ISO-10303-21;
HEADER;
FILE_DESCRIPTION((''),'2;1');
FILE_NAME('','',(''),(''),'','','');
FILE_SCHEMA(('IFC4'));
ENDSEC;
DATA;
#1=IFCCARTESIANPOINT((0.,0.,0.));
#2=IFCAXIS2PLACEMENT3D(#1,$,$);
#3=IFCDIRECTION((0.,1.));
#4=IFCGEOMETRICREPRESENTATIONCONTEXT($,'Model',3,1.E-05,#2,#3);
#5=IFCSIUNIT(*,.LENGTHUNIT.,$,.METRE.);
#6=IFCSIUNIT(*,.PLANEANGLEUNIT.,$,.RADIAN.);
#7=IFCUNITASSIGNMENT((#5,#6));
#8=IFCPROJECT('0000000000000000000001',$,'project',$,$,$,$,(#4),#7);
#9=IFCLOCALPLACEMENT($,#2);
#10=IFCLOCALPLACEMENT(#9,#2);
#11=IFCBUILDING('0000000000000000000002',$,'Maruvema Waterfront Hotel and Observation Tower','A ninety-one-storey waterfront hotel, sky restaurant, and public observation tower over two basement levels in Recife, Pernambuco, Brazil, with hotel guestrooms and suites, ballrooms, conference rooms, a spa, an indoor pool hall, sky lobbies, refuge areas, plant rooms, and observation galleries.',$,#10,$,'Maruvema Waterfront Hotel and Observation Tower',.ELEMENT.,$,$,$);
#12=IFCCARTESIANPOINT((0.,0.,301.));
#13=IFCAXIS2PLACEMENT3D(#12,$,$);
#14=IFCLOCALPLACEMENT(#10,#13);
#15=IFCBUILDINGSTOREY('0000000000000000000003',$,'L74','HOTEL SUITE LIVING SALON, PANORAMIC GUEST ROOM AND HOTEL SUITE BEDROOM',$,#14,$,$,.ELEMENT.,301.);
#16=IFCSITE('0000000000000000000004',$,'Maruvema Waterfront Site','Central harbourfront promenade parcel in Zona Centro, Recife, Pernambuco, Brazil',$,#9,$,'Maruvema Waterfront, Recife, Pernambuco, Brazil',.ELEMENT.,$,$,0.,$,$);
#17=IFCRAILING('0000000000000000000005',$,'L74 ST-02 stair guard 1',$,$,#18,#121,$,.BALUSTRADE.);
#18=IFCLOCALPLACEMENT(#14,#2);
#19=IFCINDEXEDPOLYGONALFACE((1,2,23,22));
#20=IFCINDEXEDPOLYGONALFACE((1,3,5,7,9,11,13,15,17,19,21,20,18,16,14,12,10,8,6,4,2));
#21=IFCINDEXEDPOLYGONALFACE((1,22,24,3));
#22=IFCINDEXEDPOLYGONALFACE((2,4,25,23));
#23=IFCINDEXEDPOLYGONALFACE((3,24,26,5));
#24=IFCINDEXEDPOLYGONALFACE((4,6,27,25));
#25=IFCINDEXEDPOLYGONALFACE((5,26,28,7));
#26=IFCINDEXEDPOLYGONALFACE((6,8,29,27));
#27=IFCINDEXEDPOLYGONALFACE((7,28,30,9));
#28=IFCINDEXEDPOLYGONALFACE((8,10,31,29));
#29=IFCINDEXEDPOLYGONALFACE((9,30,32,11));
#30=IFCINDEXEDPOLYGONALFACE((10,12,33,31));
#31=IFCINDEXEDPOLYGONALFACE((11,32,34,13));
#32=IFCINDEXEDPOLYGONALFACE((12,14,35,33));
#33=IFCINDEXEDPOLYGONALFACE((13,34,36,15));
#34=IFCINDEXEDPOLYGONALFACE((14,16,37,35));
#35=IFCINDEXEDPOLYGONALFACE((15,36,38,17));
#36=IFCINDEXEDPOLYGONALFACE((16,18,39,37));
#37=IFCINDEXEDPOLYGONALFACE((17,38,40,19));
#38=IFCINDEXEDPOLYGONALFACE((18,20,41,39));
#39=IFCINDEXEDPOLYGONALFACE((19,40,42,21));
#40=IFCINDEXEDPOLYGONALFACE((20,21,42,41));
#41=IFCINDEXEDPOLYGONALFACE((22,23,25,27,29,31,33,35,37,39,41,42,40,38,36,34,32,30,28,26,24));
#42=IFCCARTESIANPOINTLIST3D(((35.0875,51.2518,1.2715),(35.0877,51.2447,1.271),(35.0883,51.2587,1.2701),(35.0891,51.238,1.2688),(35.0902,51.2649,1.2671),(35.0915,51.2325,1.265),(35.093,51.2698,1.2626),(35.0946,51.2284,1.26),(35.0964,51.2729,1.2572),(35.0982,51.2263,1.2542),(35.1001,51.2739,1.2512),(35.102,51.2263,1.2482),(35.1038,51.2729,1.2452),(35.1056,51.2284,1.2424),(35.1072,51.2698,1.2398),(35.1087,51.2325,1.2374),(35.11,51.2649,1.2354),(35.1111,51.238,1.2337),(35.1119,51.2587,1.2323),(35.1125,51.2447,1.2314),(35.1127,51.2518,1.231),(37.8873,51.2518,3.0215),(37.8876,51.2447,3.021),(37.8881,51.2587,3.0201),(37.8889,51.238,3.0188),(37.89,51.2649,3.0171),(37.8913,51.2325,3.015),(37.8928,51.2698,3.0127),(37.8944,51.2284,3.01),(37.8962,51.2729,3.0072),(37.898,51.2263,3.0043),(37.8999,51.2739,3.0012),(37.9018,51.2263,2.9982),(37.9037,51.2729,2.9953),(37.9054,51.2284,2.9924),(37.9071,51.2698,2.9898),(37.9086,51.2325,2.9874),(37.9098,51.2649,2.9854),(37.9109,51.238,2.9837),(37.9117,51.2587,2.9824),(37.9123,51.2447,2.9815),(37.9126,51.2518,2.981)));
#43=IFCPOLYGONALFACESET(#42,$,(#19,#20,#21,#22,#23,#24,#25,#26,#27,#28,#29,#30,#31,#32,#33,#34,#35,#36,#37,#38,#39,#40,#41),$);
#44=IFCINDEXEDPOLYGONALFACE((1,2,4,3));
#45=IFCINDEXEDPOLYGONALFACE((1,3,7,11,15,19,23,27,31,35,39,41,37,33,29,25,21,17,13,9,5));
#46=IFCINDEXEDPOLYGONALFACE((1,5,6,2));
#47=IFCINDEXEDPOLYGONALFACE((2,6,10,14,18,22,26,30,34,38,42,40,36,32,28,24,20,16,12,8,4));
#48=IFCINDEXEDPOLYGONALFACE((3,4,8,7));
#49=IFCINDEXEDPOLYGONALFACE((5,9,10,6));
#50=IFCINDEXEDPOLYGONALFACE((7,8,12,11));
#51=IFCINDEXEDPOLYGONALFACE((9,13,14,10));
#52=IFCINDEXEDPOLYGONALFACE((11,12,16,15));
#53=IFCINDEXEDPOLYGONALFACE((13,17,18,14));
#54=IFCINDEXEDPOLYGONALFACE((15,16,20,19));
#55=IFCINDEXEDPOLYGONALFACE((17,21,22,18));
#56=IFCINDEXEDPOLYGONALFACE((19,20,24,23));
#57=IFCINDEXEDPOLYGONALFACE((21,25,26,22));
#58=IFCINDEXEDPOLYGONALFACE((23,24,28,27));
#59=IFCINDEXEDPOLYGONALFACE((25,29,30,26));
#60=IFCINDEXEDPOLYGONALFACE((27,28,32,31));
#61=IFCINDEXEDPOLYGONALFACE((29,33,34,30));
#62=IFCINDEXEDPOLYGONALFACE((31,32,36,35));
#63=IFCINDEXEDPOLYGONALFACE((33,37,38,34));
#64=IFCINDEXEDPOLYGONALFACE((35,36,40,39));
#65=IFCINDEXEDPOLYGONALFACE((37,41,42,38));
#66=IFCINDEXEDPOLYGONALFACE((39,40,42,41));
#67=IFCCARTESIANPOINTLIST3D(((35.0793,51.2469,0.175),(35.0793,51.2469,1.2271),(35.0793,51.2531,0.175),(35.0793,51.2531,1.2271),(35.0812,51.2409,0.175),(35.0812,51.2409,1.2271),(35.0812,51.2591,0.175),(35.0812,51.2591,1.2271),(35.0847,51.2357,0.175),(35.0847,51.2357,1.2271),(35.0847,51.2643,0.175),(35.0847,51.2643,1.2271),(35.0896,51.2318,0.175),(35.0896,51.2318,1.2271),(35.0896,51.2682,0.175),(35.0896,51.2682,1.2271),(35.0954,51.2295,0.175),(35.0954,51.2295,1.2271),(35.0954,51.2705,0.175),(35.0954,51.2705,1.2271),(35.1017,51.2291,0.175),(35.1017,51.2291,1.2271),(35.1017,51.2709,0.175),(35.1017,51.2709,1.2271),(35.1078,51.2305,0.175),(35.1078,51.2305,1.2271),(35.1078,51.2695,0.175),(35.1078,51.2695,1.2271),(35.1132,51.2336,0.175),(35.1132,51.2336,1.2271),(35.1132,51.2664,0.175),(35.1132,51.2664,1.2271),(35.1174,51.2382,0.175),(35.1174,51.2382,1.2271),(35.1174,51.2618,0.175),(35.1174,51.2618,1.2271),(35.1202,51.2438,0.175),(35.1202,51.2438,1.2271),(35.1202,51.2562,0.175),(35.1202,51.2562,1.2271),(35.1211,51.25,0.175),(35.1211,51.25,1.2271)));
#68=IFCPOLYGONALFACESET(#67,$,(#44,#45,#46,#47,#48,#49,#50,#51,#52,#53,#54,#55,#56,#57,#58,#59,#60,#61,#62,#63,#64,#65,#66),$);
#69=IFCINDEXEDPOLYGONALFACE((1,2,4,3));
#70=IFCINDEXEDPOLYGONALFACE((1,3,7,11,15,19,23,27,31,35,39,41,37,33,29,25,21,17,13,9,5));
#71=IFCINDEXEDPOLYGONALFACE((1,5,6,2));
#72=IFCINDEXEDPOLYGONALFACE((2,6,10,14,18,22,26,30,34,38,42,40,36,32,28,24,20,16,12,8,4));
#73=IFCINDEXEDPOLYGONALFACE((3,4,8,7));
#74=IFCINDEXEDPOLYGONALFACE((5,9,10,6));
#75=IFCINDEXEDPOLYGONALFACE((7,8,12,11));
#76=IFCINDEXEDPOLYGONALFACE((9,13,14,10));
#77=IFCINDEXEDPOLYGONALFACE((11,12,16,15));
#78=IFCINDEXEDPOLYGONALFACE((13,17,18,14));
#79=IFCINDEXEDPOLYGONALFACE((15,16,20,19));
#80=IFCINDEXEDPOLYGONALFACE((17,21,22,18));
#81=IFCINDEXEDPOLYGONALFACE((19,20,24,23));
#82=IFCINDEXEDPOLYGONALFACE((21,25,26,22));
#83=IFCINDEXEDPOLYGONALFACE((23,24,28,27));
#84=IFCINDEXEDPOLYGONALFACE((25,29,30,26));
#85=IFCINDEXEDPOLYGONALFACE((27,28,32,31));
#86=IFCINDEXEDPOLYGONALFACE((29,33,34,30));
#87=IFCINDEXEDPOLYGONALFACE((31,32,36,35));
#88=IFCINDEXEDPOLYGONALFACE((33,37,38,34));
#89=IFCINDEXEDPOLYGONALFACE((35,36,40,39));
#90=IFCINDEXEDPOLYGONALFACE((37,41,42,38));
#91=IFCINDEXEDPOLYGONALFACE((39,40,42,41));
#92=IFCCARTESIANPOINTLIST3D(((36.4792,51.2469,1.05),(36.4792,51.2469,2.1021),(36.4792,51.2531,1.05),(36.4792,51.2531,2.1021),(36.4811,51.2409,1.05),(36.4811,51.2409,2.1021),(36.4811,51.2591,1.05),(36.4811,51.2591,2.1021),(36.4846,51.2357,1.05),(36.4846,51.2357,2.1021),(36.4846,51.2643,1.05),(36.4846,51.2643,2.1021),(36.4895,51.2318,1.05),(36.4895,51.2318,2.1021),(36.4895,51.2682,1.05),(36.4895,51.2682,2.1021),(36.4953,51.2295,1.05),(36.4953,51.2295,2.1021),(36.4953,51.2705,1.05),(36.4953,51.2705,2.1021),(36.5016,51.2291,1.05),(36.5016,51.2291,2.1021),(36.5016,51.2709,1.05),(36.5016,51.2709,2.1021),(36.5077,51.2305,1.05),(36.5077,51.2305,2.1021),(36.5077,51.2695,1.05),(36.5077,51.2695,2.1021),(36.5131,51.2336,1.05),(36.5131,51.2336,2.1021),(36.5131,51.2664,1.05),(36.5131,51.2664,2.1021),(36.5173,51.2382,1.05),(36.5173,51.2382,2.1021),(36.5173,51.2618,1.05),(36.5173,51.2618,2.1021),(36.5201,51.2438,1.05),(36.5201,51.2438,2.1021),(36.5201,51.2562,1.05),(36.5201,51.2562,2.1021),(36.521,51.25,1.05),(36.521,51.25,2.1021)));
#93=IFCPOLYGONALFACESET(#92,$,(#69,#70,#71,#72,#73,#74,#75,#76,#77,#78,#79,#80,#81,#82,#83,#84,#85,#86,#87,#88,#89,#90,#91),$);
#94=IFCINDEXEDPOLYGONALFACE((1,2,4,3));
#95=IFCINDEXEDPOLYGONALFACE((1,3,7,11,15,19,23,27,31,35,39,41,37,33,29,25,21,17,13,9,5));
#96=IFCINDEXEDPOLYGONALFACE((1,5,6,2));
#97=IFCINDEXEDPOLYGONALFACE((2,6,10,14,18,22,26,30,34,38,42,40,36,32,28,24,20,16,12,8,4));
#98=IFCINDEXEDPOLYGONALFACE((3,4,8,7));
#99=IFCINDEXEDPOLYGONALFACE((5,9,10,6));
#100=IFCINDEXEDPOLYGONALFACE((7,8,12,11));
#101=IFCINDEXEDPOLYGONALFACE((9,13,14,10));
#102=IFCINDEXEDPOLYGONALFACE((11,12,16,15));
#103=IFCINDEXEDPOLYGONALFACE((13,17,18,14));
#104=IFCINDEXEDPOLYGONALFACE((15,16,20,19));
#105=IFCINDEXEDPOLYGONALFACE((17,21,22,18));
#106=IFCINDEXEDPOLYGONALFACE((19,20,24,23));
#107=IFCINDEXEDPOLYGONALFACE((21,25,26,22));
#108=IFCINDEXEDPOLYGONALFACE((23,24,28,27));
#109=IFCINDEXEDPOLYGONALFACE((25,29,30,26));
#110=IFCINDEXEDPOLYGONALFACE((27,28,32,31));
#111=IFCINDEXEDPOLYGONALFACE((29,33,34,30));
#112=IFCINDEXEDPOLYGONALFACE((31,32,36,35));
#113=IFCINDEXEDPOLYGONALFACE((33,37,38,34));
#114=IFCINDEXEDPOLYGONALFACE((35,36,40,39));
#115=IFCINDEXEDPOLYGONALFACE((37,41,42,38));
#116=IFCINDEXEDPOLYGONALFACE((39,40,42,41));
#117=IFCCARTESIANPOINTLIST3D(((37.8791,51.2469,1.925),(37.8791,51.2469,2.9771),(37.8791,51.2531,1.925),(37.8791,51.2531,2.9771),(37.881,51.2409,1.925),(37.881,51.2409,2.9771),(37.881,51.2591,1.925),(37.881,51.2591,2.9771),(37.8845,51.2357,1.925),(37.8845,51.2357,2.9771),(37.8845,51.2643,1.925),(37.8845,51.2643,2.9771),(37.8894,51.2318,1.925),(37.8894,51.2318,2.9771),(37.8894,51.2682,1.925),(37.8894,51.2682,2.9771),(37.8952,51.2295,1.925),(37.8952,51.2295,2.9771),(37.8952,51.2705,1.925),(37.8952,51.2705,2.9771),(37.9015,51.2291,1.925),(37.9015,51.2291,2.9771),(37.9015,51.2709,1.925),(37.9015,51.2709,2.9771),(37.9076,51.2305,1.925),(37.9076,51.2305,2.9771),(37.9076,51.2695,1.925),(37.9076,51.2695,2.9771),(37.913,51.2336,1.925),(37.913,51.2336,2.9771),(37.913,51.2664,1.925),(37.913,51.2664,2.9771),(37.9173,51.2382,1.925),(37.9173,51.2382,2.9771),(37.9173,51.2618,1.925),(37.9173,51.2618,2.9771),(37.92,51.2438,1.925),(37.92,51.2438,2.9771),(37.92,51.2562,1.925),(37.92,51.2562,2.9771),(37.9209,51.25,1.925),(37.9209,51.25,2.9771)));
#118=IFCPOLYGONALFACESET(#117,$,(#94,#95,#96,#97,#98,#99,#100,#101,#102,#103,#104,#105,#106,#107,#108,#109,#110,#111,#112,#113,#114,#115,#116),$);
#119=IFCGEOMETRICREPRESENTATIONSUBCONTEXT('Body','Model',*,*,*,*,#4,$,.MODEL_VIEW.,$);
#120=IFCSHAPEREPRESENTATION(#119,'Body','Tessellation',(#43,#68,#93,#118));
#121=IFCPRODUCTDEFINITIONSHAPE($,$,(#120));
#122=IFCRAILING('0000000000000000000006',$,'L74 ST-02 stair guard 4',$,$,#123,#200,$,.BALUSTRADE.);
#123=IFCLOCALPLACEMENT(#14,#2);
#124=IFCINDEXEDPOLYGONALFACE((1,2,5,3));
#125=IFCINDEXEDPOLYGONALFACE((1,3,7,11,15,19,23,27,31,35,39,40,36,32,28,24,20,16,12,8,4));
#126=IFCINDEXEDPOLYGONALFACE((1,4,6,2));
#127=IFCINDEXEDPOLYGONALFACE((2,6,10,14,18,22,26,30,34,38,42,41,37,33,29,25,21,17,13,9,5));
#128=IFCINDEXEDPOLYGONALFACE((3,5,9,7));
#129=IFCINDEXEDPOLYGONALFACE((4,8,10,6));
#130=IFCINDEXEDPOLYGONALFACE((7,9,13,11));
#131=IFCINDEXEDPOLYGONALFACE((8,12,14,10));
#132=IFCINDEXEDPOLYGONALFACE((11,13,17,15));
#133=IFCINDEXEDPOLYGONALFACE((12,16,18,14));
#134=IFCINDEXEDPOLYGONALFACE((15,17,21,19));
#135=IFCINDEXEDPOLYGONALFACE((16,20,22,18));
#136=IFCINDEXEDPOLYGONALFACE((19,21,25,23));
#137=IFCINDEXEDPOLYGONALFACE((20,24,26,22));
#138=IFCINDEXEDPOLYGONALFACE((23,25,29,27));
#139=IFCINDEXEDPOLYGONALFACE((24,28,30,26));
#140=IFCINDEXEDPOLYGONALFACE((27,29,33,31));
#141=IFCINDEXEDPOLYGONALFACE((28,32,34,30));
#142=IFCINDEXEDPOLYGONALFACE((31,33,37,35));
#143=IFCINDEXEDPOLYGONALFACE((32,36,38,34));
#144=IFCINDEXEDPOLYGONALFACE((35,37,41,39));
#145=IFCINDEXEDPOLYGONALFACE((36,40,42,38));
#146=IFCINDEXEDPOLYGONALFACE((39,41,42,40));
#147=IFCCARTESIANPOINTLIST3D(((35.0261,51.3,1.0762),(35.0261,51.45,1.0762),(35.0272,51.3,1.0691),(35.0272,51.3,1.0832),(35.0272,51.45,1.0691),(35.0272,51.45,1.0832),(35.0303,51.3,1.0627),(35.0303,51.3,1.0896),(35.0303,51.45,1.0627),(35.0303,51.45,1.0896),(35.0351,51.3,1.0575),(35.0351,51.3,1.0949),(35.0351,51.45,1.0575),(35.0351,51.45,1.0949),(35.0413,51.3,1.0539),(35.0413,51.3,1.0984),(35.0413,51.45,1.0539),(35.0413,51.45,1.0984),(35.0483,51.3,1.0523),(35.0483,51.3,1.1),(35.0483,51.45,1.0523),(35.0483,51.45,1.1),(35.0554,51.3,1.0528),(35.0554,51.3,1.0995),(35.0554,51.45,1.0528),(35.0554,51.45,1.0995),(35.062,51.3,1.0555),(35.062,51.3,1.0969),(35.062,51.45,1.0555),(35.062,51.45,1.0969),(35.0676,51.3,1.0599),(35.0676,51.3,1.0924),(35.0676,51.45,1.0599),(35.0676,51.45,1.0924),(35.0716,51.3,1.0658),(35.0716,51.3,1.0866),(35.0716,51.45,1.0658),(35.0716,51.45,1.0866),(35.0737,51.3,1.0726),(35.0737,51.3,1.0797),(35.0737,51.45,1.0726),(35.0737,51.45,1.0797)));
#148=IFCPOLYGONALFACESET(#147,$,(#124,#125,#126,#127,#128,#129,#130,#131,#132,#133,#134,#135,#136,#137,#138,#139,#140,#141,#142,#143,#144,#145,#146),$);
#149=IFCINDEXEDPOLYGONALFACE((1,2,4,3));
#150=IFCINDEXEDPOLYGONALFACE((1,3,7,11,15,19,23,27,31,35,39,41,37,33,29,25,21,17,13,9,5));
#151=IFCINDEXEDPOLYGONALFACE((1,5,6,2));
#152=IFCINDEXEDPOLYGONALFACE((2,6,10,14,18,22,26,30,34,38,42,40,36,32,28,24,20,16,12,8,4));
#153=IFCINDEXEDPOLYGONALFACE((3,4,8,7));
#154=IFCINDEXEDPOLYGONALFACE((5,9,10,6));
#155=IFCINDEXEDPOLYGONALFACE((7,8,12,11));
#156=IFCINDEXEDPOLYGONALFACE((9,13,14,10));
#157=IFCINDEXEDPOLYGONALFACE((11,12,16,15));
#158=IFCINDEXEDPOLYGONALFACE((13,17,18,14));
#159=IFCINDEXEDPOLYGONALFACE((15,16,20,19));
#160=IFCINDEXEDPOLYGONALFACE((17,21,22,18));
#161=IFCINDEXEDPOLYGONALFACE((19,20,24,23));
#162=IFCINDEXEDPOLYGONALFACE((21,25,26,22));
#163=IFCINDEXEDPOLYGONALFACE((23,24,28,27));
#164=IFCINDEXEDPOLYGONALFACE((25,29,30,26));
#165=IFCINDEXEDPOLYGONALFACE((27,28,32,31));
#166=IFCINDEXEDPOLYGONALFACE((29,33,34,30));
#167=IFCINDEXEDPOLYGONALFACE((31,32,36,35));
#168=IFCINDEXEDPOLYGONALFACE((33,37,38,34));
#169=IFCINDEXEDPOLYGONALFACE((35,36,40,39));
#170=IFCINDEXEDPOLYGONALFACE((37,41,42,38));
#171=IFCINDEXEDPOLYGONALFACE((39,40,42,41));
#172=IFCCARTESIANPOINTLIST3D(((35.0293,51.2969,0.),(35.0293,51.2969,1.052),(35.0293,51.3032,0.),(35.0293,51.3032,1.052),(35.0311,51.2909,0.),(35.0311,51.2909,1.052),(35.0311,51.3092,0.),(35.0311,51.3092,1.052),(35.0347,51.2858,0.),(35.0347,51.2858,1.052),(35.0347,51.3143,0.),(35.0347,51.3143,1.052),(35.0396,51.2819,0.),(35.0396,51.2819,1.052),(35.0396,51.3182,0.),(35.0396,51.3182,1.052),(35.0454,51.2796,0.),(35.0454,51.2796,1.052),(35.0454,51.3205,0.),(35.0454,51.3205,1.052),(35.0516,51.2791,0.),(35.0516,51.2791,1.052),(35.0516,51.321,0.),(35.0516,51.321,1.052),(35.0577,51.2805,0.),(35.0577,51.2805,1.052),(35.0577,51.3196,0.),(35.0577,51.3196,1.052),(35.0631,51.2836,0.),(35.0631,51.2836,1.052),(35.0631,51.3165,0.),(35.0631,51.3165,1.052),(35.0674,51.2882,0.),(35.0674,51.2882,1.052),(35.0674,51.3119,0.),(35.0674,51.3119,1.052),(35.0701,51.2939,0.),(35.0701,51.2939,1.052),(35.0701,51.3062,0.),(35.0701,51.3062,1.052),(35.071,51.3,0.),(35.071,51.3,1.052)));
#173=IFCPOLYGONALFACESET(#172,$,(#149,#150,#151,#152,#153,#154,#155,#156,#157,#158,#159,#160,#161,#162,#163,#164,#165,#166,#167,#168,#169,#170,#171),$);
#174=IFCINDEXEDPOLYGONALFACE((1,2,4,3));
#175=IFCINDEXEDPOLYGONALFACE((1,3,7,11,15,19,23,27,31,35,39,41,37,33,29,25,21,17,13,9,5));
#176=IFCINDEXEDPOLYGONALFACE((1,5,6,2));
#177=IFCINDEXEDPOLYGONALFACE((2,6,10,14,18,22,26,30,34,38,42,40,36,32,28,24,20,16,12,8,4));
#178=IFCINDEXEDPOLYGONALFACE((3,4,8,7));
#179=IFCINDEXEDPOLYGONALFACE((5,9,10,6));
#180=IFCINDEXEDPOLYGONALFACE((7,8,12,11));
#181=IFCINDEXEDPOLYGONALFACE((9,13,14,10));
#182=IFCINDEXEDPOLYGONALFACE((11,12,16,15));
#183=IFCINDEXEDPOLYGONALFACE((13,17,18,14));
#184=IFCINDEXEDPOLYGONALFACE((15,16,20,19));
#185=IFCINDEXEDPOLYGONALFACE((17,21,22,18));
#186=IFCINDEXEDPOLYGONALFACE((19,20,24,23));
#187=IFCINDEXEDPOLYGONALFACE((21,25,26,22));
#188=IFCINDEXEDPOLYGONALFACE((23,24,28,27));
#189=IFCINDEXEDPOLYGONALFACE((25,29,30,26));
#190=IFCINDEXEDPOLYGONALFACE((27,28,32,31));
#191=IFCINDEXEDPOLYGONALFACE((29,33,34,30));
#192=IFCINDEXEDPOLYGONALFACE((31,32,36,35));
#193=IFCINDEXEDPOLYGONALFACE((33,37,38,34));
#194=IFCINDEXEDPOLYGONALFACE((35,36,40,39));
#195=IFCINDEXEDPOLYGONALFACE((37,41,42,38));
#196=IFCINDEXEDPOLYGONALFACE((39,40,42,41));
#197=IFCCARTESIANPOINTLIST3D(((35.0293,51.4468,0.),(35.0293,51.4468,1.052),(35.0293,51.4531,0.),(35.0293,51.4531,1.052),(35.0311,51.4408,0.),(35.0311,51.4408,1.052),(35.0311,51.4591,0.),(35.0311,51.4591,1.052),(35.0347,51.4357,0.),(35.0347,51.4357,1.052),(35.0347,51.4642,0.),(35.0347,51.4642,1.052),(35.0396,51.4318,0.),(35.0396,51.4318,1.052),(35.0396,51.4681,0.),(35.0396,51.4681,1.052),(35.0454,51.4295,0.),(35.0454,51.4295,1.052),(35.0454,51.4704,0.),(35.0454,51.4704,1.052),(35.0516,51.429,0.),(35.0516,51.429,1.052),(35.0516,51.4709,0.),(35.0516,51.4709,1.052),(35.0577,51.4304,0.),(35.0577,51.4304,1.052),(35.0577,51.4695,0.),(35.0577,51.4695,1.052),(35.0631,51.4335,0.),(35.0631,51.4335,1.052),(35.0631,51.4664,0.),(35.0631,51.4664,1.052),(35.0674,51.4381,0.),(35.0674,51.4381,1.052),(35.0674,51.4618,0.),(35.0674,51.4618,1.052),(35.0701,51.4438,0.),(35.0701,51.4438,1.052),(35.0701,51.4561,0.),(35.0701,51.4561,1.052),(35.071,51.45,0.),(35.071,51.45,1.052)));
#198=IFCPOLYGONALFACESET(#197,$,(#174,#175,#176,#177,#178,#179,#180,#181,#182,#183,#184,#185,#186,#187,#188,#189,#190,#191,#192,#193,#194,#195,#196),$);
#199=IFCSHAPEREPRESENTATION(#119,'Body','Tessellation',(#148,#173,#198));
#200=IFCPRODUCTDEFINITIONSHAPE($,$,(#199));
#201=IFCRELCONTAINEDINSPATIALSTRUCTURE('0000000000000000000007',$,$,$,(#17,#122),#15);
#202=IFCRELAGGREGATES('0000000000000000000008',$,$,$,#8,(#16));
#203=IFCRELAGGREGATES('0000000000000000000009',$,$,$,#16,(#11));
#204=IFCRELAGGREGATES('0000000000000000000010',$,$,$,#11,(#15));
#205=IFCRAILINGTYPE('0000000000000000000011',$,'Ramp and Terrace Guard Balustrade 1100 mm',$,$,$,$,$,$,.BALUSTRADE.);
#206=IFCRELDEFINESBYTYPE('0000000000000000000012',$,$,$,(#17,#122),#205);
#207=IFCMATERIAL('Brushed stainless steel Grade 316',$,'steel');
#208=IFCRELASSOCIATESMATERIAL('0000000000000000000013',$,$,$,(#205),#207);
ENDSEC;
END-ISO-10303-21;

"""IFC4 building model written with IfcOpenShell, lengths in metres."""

from ifc_helpers import new_model, si_unit, direction, frame, origin, origin_2d, place, context, subcontext, project, spatial, circle, extrude, material, type_object, element, save


model = new_model("IFC4")

# Units and contexts
model_context = context("Model", 3, precision=1e-05, world=origin(), true_north=direction((0.0, 1.0)))
body_context = subcontext(model_context, "Body", "Model", "MODEL_VIEW")
ifc_project = project(units=[si_unit("LENGTHUNIT", "METRE"), si_unit("PLANEANGLEUNIT", "RADIAN")], contexts=[model_context])

# Site, building, storey
site_placement = place(None, origin())
site = spatial("IfcSite", under=ifc_project, at=site_placement, Name="Maruvema Waterfront Site", Description="Central harbourfront promenade parcel in Zona Centro, Recife, Pernambuco, Brazil", LongName="Maruvema Waterfront, Recife, Pernambuco, Brazil", CompositionType="ELEMENT", RefElevation=0.0)
building_placement = place(site_placement, origin())
building = spatial("IfcBuilding", under=site, at=building_placement, Name="Maruvema Waterfront Hotel and Observation Tower", Description="A ninety-one-storey waterfront hotel, sky restaurant, and public observation tower over two basement levels in Recife, Pernambuco, Brazil, with hotel guestrooms and suites, ballrooms, conference rooms, a spa, an indoor pool hall, sky lobbies, refuge areas, plant rooms, and observation galleries.", LongName="Maruvema Waterfront Hotel and Observation Tower", CompositionType="ELEMENT")
storey_placement = place(building_placement, frame((0.0, 0.0, 301.0)))
storey = spatial("IfcBuildingStorey", under=building, at=storey_placement, Name="L74", Description="HOTEL SUITE LIVING SALON, PANORAMIC GUEST ROOM AND HOTEL SUITE BEDROOM", CompositionType="ELEMENT", Elevation=301.0)

# Railings
ifc_material_1 = material(Name="Brushed stainless steel Grade 316", Category="steel")
railing_type_1 = type_object("IfcRailingType", Name="Ramp and Terrace Guard Balustrade 1100 mm", PredefinedType="BALUSTRADE", material=ifc_material_1)
railing_1_placement = place(storey_placement, frame((35.1001, 51.25, 0.175)))
element("IfcRailing", 1, at=railing_1_placement, inside=storey, type_object=railing_type_1, Name="L74 ST-02 stair guard 1", PredefinedType="BALUSTRADE", context=body_context, shape_type="SweptSolid", body=[
    extrude(circle(Radius=0.0239, at=origin_2d()), frame((0.0, 0.0, 1.0762), z_axis=(0.847982, 0.0, 0.530026), x_axis=(0.0, 1.0, 0.0)), (0.0, 0.0, 1.0), 3.3018),
    extrude(circle(Radius=0.021, at=origin_2d()), origin(), (0.0, 0.0, 1.0), 1.052),
    extrude(circle(Radius=0.021, at=origin_2d()), frame((1.3999, 0.0, 0.875)), (0.0, 0.0, 1.0), 1.052),
    extrude(circle(Radius=0.021, at=origin_2d()), frame((2.7998, 0.0, 1.75)), (0.0, 0.0, 1.0), 1.052),
])
railing_2_placement = place(storey_placement, frame((35.05, 51.3, 0.0)))
element("IfcRailing", 2, at=railing_2_placement, inside=storey, type_object=railing_type_1, Name="L74 ST-02 stair guard 4", PredefinedType="BALUSTRADE", context=body_context, shape_type="SweptSolid", body=[
    extrude(circle(Radius=0.0239, at=origin_2d()), frame((0.0, 0.0, 1.0762), z_axis=(0.0, 1.0, 0.0), x_axis=(-1.0, 0.0, 0.0)), (0.0, 0.0, 1.0), 0.1499),
    extrude(circle(Radius=0.021, at=origin_2d()), origin(), (0.0, 0.0, 1.0), 1.052),
    extrude(circle(Radius=0.021, at=origin_2d()), frame((0.0, 0.1499, 0.0)), (0.0, 0.0, 1.0), 1.052),
])

save(model, "model.ifc")
